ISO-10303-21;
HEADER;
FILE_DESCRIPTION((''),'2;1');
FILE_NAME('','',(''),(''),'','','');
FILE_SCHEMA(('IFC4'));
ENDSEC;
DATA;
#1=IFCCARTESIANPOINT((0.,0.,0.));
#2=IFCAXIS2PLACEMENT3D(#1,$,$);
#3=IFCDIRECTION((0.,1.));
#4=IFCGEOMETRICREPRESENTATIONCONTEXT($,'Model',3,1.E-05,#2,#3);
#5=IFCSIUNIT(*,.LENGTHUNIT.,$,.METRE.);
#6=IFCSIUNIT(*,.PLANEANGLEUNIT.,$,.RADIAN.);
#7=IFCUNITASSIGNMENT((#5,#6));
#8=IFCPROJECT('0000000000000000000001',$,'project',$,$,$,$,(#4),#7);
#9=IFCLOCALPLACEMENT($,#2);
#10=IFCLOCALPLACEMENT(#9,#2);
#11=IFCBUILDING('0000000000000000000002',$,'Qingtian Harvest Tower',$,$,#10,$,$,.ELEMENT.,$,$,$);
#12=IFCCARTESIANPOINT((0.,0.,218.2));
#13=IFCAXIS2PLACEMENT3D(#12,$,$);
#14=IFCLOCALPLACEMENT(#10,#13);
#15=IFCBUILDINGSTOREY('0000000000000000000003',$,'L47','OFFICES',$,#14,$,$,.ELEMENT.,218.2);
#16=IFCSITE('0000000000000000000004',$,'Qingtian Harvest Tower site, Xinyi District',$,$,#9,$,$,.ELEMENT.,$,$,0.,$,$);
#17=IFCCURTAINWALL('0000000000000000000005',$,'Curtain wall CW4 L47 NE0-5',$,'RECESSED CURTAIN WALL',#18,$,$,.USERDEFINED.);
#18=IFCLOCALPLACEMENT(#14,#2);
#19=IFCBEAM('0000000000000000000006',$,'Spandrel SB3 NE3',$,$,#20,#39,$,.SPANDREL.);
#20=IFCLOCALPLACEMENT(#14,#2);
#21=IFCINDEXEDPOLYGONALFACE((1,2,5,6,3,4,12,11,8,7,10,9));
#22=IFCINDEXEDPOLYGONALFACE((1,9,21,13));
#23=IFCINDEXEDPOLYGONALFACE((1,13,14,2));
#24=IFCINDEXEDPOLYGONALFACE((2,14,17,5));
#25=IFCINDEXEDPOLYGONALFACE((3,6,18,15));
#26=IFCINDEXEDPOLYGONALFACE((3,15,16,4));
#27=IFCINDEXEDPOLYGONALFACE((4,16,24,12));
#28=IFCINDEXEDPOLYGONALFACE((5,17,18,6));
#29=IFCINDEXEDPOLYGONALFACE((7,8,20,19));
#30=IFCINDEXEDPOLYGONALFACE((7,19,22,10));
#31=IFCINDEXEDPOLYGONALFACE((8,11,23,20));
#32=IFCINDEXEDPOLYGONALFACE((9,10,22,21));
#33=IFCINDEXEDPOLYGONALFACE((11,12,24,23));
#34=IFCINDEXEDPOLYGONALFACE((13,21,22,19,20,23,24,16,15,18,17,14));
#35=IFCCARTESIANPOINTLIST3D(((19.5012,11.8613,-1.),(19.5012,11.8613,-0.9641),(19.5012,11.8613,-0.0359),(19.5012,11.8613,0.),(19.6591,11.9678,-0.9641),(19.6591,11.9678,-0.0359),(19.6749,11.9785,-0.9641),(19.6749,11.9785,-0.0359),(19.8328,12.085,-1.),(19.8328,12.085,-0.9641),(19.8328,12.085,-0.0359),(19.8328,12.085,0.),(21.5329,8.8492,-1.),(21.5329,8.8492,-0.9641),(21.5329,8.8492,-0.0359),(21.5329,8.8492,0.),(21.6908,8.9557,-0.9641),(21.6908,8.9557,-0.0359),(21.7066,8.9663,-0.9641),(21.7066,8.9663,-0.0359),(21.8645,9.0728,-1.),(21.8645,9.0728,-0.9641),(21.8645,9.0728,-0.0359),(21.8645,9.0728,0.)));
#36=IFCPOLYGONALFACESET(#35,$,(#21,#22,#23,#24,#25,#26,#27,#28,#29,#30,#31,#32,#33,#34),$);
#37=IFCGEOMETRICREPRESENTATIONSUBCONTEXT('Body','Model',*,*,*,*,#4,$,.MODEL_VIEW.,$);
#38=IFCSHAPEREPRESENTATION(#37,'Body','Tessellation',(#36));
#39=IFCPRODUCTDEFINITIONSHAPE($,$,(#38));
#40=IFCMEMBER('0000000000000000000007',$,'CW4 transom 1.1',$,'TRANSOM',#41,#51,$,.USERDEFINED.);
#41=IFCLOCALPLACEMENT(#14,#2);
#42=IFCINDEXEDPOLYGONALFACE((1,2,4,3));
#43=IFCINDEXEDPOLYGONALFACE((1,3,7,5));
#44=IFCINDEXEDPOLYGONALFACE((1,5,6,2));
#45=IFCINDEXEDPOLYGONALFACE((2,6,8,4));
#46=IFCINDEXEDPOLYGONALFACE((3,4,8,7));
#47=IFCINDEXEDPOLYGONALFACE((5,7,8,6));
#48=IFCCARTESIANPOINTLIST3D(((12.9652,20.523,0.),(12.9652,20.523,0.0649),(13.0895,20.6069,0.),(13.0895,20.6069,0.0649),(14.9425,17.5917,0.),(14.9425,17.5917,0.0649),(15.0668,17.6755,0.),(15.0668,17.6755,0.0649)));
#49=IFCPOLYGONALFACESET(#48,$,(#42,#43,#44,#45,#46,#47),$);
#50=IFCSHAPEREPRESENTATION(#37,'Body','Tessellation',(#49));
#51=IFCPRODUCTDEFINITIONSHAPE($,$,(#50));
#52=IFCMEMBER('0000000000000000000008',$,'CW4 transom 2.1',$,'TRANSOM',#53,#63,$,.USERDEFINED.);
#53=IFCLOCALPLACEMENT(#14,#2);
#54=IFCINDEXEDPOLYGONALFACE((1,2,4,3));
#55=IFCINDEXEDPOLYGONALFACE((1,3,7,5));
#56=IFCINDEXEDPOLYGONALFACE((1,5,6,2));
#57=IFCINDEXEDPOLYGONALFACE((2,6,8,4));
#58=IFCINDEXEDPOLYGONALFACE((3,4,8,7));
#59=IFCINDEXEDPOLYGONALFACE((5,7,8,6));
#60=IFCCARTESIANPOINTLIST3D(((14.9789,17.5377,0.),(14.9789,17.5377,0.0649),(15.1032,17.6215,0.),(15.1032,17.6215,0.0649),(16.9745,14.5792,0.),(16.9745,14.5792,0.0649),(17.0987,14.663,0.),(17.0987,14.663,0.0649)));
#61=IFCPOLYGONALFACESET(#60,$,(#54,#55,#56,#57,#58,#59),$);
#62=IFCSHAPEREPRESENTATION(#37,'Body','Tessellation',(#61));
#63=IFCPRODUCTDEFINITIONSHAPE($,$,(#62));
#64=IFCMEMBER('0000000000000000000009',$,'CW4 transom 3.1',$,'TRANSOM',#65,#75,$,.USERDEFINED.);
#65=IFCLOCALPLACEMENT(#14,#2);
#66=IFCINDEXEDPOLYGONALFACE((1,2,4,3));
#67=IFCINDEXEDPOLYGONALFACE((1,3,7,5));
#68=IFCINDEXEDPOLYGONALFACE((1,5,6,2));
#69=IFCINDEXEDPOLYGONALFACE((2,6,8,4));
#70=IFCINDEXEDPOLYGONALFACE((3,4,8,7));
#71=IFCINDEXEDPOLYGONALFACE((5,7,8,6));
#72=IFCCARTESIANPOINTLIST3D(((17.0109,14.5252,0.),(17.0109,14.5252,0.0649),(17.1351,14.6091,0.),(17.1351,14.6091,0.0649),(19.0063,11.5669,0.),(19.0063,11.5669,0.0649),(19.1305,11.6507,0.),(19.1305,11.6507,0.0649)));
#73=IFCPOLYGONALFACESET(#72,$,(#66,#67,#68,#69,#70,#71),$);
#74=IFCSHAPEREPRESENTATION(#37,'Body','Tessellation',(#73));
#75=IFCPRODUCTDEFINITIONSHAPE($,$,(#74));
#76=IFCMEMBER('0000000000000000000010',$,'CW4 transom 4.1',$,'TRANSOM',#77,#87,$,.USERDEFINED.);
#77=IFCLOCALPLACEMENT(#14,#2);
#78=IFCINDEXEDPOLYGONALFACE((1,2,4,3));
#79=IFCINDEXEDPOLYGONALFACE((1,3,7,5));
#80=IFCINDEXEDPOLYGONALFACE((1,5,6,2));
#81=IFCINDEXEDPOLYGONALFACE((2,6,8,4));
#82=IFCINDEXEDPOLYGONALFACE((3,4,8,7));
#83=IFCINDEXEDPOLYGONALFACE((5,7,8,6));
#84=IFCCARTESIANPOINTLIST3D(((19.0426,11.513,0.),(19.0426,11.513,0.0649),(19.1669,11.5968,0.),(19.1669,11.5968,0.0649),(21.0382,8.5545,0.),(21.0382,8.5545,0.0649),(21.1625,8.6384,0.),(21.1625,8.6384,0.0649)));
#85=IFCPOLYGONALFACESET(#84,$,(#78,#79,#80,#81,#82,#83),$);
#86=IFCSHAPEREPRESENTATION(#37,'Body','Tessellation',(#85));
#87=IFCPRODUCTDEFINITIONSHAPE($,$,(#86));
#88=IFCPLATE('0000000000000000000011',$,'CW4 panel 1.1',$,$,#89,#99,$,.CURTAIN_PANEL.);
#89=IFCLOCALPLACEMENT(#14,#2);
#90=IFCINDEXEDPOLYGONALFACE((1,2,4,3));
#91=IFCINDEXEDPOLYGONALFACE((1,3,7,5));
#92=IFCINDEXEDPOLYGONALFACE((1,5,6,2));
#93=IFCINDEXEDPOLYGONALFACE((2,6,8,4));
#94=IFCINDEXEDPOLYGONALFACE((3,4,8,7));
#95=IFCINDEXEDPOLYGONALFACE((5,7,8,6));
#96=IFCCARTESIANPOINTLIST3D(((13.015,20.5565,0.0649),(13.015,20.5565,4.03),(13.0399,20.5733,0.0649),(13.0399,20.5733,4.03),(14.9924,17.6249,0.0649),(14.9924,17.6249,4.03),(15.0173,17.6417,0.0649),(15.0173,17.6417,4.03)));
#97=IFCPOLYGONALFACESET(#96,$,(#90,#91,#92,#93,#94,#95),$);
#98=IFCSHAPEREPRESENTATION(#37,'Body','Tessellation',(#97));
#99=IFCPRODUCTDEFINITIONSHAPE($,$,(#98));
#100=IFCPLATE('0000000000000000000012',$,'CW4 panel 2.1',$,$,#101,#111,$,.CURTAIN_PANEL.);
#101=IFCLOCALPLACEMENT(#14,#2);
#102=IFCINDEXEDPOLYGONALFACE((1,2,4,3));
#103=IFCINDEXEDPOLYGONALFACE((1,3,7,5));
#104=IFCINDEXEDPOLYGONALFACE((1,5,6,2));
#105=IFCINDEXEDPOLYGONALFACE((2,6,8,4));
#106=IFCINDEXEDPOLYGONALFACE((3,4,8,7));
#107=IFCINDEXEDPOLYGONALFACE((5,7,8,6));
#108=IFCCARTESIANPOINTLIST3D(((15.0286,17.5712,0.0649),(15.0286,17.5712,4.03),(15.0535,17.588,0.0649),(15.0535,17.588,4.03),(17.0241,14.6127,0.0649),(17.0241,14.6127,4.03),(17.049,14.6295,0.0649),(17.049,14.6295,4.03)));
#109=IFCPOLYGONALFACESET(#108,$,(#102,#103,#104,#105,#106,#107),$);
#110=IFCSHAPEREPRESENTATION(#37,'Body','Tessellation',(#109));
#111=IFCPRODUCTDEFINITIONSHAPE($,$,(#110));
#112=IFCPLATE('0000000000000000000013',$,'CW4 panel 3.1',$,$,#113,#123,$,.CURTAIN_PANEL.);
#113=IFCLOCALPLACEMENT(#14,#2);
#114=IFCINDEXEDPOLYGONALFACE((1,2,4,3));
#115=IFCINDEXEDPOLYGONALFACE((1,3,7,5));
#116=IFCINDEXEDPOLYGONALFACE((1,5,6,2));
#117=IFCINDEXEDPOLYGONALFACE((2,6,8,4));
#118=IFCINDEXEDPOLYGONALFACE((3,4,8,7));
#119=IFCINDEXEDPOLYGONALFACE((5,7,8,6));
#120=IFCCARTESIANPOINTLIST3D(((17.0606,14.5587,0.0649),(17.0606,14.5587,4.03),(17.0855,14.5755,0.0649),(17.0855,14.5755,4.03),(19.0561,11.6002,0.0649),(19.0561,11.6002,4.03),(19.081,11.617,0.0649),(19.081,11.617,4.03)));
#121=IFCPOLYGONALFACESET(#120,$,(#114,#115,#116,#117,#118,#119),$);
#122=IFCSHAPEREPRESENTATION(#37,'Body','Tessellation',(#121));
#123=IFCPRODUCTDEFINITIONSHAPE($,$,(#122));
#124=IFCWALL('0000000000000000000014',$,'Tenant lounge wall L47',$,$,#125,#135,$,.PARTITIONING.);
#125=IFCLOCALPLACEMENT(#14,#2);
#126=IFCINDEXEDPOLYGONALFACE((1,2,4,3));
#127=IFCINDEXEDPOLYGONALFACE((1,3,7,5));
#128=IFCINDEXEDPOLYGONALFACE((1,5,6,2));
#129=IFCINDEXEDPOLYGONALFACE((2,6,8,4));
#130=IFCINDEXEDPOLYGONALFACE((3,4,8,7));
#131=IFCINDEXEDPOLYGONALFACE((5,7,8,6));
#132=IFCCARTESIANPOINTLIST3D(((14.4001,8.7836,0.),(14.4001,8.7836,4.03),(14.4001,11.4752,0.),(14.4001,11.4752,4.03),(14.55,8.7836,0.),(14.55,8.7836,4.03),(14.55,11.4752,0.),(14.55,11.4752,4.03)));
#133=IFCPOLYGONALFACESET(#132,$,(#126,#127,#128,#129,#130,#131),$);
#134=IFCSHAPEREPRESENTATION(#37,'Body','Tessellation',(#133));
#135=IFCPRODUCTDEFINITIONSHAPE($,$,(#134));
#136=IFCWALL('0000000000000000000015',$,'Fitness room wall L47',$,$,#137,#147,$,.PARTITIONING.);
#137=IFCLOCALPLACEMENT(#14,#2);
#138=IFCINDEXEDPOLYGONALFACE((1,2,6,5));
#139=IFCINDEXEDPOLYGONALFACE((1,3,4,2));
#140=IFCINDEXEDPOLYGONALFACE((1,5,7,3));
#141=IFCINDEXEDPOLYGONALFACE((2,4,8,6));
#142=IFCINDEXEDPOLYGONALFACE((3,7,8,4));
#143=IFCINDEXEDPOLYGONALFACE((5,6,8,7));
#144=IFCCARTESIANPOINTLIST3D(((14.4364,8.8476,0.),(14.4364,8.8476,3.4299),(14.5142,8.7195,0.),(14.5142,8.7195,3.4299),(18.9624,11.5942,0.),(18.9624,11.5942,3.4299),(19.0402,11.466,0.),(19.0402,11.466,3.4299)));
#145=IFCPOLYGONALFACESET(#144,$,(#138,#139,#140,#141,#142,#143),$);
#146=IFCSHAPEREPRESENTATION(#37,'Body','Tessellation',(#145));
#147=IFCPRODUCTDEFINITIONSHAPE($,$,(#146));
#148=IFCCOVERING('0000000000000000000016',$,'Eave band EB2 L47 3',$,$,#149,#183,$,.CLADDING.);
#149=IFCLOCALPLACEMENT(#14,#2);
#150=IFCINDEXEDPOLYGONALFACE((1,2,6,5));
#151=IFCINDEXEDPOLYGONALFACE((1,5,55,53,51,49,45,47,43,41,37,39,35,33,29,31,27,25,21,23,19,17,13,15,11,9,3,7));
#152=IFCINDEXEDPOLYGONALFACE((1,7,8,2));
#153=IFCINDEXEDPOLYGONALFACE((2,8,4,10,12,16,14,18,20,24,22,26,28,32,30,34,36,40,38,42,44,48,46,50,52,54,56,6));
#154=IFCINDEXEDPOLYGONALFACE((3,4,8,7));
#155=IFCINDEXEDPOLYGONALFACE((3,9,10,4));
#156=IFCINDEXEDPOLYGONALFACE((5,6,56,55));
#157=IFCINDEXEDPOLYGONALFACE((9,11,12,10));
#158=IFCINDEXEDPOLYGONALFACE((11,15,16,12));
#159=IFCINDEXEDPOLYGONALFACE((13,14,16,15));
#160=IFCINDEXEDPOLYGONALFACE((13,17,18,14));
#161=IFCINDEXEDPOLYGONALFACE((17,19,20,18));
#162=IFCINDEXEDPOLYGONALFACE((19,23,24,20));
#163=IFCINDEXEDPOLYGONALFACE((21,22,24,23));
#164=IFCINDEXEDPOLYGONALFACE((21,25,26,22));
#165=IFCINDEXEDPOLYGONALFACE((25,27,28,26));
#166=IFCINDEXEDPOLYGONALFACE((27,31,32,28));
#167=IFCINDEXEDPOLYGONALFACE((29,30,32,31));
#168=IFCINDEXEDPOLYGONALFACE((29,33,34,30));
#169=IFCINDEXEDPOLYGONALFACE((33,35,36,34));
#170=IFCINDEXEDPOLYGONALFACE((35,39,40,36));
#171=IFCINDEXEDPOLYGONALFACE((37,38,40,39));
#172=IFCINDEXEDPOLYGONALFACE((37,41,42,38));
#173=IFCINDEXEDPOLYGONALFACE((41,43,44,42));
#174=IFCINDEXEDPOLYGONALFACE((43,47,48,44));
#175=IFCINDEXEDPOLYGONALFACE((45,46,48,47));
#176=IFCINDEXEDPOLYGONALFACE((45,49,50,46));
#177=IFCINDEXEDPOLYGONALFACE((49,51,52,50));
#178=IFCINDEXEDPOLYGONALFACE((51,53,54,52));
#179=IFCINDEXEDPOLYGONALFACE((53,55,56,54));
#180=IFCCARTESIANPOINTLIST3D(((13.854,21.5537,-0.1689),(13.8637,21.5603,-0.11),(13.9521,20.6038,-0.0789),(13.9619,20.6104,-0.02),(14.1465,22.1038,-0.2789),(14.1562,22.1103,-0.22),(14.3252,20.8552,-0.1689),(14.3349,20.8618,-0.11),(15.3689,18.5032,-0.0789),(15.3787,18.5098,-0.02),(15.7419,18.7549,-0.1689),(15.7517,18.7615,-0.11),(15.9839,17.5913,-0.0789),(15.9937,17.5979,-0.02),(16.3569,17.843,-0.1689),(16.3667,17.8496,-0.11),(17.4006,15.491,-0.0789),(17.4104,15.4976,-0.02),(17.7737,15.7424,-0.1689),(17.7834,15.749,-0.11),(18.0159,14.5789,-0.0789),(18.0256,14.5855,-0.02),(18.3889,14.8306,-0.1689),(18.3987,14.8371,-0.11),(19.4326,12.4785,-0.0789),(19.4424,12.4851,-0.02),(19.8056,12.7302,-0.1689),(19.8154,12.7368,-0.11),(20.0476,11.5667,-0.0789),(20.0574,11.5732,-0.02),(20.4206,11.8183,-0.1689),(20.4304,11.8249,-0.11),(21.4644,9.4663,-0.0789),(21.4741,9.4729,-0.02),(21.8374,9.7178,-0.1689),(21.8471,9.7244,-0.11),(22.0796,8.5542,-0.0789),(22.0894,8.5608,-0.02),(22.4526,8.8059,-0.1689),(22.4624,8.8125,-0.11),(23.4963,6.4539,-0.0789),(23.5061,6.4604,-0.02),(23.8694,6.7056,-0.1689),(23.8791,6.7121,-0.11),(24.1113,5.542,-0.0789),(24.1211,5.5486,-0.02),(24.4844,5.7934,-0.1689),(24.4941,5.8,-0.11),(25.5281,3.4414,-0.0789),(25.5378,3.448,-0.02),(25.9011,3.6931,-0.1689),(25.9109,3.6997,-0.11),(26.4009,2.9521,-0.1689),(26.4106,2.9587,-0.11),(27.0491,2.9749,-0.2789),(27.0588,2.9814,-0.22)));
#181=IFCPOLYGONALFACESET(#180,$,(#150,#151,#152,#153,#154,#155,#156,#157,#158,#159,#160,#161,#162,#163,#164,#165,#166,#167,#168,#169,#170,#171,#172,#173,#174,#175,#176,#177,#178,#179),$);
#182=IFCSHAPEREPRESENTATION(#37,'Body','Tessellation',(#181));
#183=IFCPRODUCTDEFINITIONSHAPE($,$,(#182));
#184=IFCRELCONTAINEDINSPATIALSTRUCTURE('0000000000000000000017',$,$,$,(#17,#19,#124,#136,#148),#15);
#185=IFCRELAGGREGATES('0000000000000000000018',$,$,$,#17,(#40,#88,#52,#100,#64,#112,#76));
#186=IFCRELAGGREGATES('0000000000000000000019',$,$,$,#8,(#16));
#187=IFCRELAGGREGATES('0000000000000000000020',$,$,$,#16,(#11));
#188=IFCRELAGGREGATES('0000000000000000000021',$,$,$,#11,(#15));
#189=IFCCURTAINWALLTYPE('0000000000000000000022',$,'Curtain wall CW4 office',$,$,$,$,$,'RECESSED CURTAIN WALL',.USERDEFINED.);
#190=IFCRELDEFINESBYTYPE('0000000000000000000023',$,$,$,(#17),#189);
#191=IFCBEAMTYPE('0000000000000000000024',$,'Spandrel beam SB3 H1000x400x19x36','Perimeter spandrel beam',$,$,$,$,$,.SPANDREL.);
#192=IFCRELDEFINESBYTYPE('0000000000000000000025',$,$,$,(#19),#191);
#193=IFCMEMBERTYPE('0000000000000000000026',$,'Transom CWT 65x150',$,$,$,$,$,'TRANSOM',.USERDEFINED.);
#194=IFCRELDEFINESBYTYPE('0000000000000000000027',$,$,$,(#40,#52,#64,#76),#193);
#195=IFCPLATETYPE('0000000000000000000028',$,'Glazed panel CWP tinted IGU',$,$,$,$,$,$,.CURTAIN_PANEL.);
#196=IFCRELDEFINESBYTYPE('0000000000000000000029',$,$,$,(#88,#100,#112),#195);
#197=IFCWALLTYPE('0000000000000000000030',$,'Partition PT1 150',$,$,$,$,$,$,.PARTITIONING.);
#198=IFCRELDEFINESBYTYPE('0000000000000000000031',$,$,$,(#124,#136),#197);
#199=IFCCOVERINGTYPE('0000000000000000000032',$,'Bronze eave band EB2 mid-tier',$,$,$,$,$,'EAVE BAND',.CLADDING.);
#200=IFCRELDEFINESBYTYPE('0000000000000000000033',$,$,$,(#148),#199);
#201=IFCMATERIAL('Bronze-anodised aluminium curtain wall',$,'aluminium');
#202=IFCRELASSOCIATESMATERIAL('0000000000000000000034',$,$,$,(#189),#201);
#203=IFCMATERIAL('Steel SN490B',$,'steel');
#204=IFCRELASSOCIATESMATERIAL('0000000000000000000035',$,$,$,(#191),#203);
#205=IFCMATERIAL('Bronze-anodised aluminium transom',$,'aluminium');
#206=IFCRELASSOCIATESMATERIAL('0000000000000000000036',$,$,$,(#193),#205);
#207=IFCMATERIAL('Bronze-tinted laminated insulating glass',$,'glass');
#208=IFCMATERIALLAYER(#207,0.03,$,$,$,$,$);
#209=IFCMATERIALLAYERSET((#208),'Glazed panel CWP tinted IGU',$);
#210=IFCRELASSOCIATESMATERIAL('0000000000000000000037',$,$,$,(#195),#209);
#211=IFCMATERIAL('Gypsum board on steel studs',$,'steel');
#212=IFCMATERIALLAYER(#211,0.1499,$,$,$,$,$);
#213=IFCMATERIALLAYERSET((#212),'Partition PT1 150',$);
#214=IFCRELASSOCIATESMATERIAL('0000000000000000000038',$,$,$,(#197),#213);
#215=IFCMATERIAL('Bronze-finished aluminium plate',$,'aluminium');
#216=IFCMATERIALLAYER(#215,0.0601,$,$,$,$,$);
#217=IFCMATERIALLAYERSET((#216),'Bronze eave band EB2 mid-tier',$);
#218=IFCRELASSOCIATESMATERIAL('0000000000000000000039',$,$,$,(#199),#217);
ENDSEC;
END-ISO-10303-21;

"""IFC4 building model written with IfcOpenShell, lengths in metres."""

from ifc_helpers import new_model, si_unit, direction, frame, frame_2d, origin, origin_2d, place, context, subcontext, project, spatial, polyline, rectangle, i_section, outline, extrude, material, layer, layer_set, material_profile, profile_set, type_object, element, aggregate, save


model = new_model("IFC4")

# Units and contexts
model_context = context("Model", 3, precision=1e-05, world=origin(), true_north=direction((0.0, 1.0)))
body_context = subcontext(model_context, "Body", "Model", "MODEL_VIEW")
ifc_project = project(units=[si_unit("LENGTHUNIT", "METRE"), si_unit("PLANEANGLEUNIT", "RADIAN")], contexts=[model_context])

# Site, building, storey
site_placement = place(None, origin())
site = spatial("IfcSite", under=ifc_project, at=site_placement, Name="Qingtian Harvest Tower site, Xinyi District", CompositionType="ELEMENT", RefElevation=0.0)
building_placement = place(site_placement, origin())
building = spatial("IfcBuilding", under=site, at=building_placement, Name="Qingtian Harvest Tower", CompositionType="ELEMENT")
storey_placement = place(building_placement, frame((0.0, 0.0, 218.2)))
storey = spatial("IfcBuildingStorey", under=building, at=storey_placement, Name="L47", Description="OFFICES", CompositionType="ELEMENT", Elevation=218.2)

# Shared definitions
ifc_material_1 = material(Name="Bronze-anodised aluminium curtain wall", Category="aluminium")
curtain_wall_type = type_object("IfcCurtainWallType", Name="Curtain wall CW4 office", ElementType="RECESSED CURTAIN WALL", PredefinedType="USERDEFINED", material=ifc_material_1)

# Curtain wall
curtain_wall_1_placement = place(storey_placement, origin())
curtain_wall_1 = element("IfcCurtainWall", 1, at=curtain_wall_1_placement, inside=storey, type_object=curtain_wall_type, Name="Curtain wall CW4 L47 NE0-5", ObjectType="RECESSED CURTAIN WALL", PredefinedType="USERDEFINED")

# Beam
ifc_material_2 = material(Name="Steel SN490B", Category="steel")
ifc_material_profile_1 = material_profile(ifc_material_2, i_section(OverallWidth=0.3999, OverallDepth=1.0, WebThickness=0.019, FlangeThickness=0.0359, at=origin_2d()), Name="H1000x400x19x36")
ifc_profile_set_1 = profile_set([ifc_material_profile_1], Name="Steel SN490B")
beam_type_1 = type_object("IfcBeamType", Name="Spandrel beam SB3 H1000x400x19x36", Description="Perimeter spandrel beam", PredefinedType="SPANDREL", material=ifc_profile_set_1)
beam_1_placement = place(storey_placement, frame((19.667, 11.9731, -0.5), z_axis=(0.559189, -0.82904, 0.0), x_axis=(0.82904, 0.559189, 0.0)))
element("IfcBeam", 2, at=beam_1_placement, inside=storey, type_object=beam_type_1, Name="Spandrel SB3 NE3", PredefinedType="SPANDREL", context=body_context, shape_type="SweptSolid", body=[
    extrude(i_section(OverallWidth=0.3999, OverallDepth=1.0, WebThickness=0.019, FlangeThickness=0.0359, at=origin_2d()), origin(), (0.0, 0.0, 1.0), 3.6333),
])

# Members
ifc_material_3 = material(Name="Bronze-anodised aluminium transom", Category="aluminium")
ifc_material_profile_2 = material_profile(ifc_material_3, rectangle(XDim=0.1499, YDim=0.0649, at=origin_2d()), Name="AL 65x150")
ifc_profile_set_2 = profile_set([ifc_material_profile_2], Name="Bronze-anodised aluminium transom")
member_type_1 = type_object("IfcMemberType", Name="Transom CWT 65x150", ElementType="TRANSOM", PredefinedType="USERDEFINED", material=ifc_profile_set_2)
member_1_placement = place(storey_placement, frame((13.0273, 20.5649, 0.0325), z_axis=(0.559201, -0.829032, 0.0), x_axis=(0.829032, 0.559201, 0.0)))
member_1 = element("IfcMember", 3, at=member_1_placement, type_object=member_type_1, Name="CW4 transom 1.1", ObjectType="TRANSOM", PredefinedType="USERDEFINED", context=body_context, shape_type="SweptSolid", body=[
    extrude(rectangle(XDim=0.1499, YDim=0.0649, at=origin_2d()), origin(), (0.0, 0.0, 1.0), 3.5359),
])
member_2_placement = place(storey_placement, frame((15.041, 17.5796, 0.0325), z_axis=(0.559207, -0.829028, 0.0), x_axis=(0.829028, 0.559207, 0.0)))
member_2 = element("IfcMember", 4, at=member_2_placement, type_object=member_type_1, Name="CW4 transom 2.1", ObjectType="TRANSOM", PredefinedType="USERDEFINED", context=body_context, shape_type="SweptSolid", body=[
    extrude(rectangle(XDim=0.1499, YDim=0.0649, at=origin_2d()), origin(), (0.0, 0.0, 1.0), 3.5686),
])
member_3_placement = place(storey_placement, frame((17.073, 14.5671, 0.0325), z_axis=(0.559192, -0.829038, 0.0), x_axis=(0.829038, 0.559192, 0.0)))
member_3 = element("IfcMember", 5, at=member_3_placement, type_object=member_type_1, Name="CW4 transom 3.1", ObjectType="TRANSOM", PredefinedType="USERDEFINED", context=body_context, shape_type="SweptSolid", body=[
    extrude(rectangle(XDim=0.1499, YDim=0.0649, at=origin_2d()), origin(), (0.0, 0.0, 1.0), 3.5684),
])
member_4_placement = place(storey_placement, frame((19.1047, 11.5549, 0.0325), z_axis=(0.559207, -0.829028, 0.0), x_axis=(0.829028, 0.559207, 0.0)))
member_4 = element("IfcMember", 6, at=member_4_placement, type_object=member_type_1, Name="CW4 transom 4.1", ObjectType="TRANSOM", PredefinedType="USERDEFINED", context=body_context, shape_type="SweptSolid", body=[
    extrude(rectangle(XDim=0.1499, YDim=0.0649, at=origin_2d()), origin(), (0.0, 0.0, 1.0), 3.5686),
])

# Plates
ifc_material_4 = material(Name="Bronze-tinted laminated insulating glass", Category="glass")
ifc_layer_1 = layer(ifc_material_4, 0.03)
ifc_layer_set_1 = layer_set([ifc_layer_1], Name="Glazed panel CWP tinted IGU")
plate_type = type_object("IfcPlateType", Name="Glazed panel CWP tinted IGU", PredefinedType="CURTAIN_PANEL", material=ifc_layer_set_1)
plate_1_placement = place(storey_placement, frame((14.0161, 19.0991, 0.0649), z_axis=(0.0, 0.0, 1.0), x_axis=(0.559193, -0.829038, 0.0)))
plate_1 = element("IfcPlate", 7, at=plate_1_placement, type_object=plate_type, Name="CW4 panel 1.1", PredefinedType="CURTAIN_PANEL", context=body_context, shape_type="SweptSolid", body=[
    extrude(rectangle(XDim=3.5361, YDim=0.03, at=origin_2d()), origin(), (0.0, 0.0, 1.0), 3.9651),
])
plate_2_placement = place(storey_placement, frame((16.0388, 16.1003, 0.0649), z_axis=(0.0, 0.0, 1.0), x_axis=(0.559193, -0.829038, 0.0)))
plate_2 = element("IfcPlate", 8, at=plate_2_placement, type_object=plate_type, Name="CW4 panel 2.1", PredefinedType="CURTAIN_PANEL", context=body_context, shape_type="SweptSolid", body=[
    extrude(rectangle(XDim=3.5686, YDim=0.03, at=origin_2d()), origin(), (0.0, 0.0, 1.0), 3.9651),
])
plate_3_placement = place(storey_placement, frame((18.0708, 13.0879, 0.0649), z_axis=(0.0, 0.0, 1.0), x_axis=(0.559193, -0.829038, 0.0)))
plate_3 = element("IfcPlate", 9, at=plate_3_placement, type_object=plate_type, Name="CW4 panel 3.1", PredefinedType="CURTAIN_PANEL", context=body_context, shape_type="SweptSolid", body=[
    extrude(rectangle(XDim=3.5686, YDim=0.03, at=origin_2d()), origin(), (0.0, 0.0, 1.0), 3.9651),
])
aggregate(curtain_wall_1, [member_1, plate_1, member_2, plate_2, member_3, plate_3, member_4])

# Walls
ifc_material_5 = material(Name="Gypsum board on steel studs", Category="steel")
ifc_layer_2 = layer(ifc_material_5, 0.1499)
ifc_layer_set_2 = layer_set([ifc_layer_2], Name="Partition PT1 150")
wall_type = type_object("IfcWallType", Name="Partition PT1 150", PredefinedType="PARTITIONING", material=ifc_layer_set_2)
wall_1_placement = place(storey_placement, frame((14.4751, 11.4751, 0.0), z_axis=(0.0, 0.0, 1.0), x_axis=(0.0, -1.0, 0.0)))
element("IfcWall", 10, at=wall_1_placement, inside=storey, type_object=wall_type, Name="Tenant lounge wall L47", PredefinedType="PARTITIONING", context=body_context, shape_type="SweptSolid", body=[
    extrude(rectangle(XDim=2.6917, YDim=0.1499, at=frame_2d((1.3457, 0.0))), origin(), (0.0, 0.0, 1.0), 4.03),
])
wall_2_placement = place(storey_placement, frame((19.0012, 11.53, 0.0), z_axis=(0.0, 0.0, 1.0), x_axis=(-0.854907, -0.518782, 0.0)))
element("IfcWall", 11, at=wall_2_placement, inside=storey, type_object=wall_type, Name="Fitness room wall L47", PredefinedType="PARTITIONING", context=body_context, shape_type="SweptSolid", body=[
    extrude(rectangle(XDim=5.2942, YDim=0.1499, at=frame_2d((2.647, 0.0))), origin(), (0.0, 0.0, 1.0), 3.4299),
])

# Covering
ifc_material_6 = material(Name="Bronze-finished aluminium plate", Category="aluminium")
ifc_layer_3 = layer(ifc_material_6, 0.0601)
ifc_layer_set_3 = layer_set([ifc_layer_3], Name="Bronze eave band EB2 mid-tier")
covering_type = type_object("IfcCoveringType", Name="Bronze eave band EB2 mid-tier", ElementType="EAVE BAND", PredefinedType="CLADDING", material=ifc_layer_set_3)
covering_placement = place(storey_placement, frame((13.9619, 20.6104, -0.02), z_axis=(0.162591, 0.109669, 0.98058), x_axis=(0.813098, 0.548096, -0.19612)))
element("IfcCovering", 12, at=covering_placement, inside=storey, type_object=covering_type, Name="Eave band EB2 L47 3", PredefinedType="CLADDING", context=body_context, shape_type="SweptSolid", body=[
    extrude(outline(polyline([(0.0, 0.0), (0.4588, 0.0), (0.4585, 0.8426), (1.0194, 1.1352), (1.026, -21.9384), (0.4649, -21.595), (0.4646, -20.7012), (0.0057, -20.7014), (0.0051, -18.1677), (0.4639, -18.1677), (0.4638, -17.0676), (0.0049, -17.0678), (0.0041, -14.5343), (0.463, -14.5341), (0.4625, -13.4341), (0.0038, -13.4341), (0.003, -10.9006), (0.4619, -10.9004), (0.4616, -9.8006), (0.0027, -9.8008), (0.002, -7.2673), (0.4609, -7.2671), (0.4604, -6.1671), (0.0017, -6.1671), (0.0009, -3.6336), (0.4598, -3.6334), (0.4595, -2.5335), (0.0006, -2.5337), (0.0, 0.0)])), origin(), (0.0, 0.0, -1.0), 0.0601),
])

save(model, "model.ifc")
